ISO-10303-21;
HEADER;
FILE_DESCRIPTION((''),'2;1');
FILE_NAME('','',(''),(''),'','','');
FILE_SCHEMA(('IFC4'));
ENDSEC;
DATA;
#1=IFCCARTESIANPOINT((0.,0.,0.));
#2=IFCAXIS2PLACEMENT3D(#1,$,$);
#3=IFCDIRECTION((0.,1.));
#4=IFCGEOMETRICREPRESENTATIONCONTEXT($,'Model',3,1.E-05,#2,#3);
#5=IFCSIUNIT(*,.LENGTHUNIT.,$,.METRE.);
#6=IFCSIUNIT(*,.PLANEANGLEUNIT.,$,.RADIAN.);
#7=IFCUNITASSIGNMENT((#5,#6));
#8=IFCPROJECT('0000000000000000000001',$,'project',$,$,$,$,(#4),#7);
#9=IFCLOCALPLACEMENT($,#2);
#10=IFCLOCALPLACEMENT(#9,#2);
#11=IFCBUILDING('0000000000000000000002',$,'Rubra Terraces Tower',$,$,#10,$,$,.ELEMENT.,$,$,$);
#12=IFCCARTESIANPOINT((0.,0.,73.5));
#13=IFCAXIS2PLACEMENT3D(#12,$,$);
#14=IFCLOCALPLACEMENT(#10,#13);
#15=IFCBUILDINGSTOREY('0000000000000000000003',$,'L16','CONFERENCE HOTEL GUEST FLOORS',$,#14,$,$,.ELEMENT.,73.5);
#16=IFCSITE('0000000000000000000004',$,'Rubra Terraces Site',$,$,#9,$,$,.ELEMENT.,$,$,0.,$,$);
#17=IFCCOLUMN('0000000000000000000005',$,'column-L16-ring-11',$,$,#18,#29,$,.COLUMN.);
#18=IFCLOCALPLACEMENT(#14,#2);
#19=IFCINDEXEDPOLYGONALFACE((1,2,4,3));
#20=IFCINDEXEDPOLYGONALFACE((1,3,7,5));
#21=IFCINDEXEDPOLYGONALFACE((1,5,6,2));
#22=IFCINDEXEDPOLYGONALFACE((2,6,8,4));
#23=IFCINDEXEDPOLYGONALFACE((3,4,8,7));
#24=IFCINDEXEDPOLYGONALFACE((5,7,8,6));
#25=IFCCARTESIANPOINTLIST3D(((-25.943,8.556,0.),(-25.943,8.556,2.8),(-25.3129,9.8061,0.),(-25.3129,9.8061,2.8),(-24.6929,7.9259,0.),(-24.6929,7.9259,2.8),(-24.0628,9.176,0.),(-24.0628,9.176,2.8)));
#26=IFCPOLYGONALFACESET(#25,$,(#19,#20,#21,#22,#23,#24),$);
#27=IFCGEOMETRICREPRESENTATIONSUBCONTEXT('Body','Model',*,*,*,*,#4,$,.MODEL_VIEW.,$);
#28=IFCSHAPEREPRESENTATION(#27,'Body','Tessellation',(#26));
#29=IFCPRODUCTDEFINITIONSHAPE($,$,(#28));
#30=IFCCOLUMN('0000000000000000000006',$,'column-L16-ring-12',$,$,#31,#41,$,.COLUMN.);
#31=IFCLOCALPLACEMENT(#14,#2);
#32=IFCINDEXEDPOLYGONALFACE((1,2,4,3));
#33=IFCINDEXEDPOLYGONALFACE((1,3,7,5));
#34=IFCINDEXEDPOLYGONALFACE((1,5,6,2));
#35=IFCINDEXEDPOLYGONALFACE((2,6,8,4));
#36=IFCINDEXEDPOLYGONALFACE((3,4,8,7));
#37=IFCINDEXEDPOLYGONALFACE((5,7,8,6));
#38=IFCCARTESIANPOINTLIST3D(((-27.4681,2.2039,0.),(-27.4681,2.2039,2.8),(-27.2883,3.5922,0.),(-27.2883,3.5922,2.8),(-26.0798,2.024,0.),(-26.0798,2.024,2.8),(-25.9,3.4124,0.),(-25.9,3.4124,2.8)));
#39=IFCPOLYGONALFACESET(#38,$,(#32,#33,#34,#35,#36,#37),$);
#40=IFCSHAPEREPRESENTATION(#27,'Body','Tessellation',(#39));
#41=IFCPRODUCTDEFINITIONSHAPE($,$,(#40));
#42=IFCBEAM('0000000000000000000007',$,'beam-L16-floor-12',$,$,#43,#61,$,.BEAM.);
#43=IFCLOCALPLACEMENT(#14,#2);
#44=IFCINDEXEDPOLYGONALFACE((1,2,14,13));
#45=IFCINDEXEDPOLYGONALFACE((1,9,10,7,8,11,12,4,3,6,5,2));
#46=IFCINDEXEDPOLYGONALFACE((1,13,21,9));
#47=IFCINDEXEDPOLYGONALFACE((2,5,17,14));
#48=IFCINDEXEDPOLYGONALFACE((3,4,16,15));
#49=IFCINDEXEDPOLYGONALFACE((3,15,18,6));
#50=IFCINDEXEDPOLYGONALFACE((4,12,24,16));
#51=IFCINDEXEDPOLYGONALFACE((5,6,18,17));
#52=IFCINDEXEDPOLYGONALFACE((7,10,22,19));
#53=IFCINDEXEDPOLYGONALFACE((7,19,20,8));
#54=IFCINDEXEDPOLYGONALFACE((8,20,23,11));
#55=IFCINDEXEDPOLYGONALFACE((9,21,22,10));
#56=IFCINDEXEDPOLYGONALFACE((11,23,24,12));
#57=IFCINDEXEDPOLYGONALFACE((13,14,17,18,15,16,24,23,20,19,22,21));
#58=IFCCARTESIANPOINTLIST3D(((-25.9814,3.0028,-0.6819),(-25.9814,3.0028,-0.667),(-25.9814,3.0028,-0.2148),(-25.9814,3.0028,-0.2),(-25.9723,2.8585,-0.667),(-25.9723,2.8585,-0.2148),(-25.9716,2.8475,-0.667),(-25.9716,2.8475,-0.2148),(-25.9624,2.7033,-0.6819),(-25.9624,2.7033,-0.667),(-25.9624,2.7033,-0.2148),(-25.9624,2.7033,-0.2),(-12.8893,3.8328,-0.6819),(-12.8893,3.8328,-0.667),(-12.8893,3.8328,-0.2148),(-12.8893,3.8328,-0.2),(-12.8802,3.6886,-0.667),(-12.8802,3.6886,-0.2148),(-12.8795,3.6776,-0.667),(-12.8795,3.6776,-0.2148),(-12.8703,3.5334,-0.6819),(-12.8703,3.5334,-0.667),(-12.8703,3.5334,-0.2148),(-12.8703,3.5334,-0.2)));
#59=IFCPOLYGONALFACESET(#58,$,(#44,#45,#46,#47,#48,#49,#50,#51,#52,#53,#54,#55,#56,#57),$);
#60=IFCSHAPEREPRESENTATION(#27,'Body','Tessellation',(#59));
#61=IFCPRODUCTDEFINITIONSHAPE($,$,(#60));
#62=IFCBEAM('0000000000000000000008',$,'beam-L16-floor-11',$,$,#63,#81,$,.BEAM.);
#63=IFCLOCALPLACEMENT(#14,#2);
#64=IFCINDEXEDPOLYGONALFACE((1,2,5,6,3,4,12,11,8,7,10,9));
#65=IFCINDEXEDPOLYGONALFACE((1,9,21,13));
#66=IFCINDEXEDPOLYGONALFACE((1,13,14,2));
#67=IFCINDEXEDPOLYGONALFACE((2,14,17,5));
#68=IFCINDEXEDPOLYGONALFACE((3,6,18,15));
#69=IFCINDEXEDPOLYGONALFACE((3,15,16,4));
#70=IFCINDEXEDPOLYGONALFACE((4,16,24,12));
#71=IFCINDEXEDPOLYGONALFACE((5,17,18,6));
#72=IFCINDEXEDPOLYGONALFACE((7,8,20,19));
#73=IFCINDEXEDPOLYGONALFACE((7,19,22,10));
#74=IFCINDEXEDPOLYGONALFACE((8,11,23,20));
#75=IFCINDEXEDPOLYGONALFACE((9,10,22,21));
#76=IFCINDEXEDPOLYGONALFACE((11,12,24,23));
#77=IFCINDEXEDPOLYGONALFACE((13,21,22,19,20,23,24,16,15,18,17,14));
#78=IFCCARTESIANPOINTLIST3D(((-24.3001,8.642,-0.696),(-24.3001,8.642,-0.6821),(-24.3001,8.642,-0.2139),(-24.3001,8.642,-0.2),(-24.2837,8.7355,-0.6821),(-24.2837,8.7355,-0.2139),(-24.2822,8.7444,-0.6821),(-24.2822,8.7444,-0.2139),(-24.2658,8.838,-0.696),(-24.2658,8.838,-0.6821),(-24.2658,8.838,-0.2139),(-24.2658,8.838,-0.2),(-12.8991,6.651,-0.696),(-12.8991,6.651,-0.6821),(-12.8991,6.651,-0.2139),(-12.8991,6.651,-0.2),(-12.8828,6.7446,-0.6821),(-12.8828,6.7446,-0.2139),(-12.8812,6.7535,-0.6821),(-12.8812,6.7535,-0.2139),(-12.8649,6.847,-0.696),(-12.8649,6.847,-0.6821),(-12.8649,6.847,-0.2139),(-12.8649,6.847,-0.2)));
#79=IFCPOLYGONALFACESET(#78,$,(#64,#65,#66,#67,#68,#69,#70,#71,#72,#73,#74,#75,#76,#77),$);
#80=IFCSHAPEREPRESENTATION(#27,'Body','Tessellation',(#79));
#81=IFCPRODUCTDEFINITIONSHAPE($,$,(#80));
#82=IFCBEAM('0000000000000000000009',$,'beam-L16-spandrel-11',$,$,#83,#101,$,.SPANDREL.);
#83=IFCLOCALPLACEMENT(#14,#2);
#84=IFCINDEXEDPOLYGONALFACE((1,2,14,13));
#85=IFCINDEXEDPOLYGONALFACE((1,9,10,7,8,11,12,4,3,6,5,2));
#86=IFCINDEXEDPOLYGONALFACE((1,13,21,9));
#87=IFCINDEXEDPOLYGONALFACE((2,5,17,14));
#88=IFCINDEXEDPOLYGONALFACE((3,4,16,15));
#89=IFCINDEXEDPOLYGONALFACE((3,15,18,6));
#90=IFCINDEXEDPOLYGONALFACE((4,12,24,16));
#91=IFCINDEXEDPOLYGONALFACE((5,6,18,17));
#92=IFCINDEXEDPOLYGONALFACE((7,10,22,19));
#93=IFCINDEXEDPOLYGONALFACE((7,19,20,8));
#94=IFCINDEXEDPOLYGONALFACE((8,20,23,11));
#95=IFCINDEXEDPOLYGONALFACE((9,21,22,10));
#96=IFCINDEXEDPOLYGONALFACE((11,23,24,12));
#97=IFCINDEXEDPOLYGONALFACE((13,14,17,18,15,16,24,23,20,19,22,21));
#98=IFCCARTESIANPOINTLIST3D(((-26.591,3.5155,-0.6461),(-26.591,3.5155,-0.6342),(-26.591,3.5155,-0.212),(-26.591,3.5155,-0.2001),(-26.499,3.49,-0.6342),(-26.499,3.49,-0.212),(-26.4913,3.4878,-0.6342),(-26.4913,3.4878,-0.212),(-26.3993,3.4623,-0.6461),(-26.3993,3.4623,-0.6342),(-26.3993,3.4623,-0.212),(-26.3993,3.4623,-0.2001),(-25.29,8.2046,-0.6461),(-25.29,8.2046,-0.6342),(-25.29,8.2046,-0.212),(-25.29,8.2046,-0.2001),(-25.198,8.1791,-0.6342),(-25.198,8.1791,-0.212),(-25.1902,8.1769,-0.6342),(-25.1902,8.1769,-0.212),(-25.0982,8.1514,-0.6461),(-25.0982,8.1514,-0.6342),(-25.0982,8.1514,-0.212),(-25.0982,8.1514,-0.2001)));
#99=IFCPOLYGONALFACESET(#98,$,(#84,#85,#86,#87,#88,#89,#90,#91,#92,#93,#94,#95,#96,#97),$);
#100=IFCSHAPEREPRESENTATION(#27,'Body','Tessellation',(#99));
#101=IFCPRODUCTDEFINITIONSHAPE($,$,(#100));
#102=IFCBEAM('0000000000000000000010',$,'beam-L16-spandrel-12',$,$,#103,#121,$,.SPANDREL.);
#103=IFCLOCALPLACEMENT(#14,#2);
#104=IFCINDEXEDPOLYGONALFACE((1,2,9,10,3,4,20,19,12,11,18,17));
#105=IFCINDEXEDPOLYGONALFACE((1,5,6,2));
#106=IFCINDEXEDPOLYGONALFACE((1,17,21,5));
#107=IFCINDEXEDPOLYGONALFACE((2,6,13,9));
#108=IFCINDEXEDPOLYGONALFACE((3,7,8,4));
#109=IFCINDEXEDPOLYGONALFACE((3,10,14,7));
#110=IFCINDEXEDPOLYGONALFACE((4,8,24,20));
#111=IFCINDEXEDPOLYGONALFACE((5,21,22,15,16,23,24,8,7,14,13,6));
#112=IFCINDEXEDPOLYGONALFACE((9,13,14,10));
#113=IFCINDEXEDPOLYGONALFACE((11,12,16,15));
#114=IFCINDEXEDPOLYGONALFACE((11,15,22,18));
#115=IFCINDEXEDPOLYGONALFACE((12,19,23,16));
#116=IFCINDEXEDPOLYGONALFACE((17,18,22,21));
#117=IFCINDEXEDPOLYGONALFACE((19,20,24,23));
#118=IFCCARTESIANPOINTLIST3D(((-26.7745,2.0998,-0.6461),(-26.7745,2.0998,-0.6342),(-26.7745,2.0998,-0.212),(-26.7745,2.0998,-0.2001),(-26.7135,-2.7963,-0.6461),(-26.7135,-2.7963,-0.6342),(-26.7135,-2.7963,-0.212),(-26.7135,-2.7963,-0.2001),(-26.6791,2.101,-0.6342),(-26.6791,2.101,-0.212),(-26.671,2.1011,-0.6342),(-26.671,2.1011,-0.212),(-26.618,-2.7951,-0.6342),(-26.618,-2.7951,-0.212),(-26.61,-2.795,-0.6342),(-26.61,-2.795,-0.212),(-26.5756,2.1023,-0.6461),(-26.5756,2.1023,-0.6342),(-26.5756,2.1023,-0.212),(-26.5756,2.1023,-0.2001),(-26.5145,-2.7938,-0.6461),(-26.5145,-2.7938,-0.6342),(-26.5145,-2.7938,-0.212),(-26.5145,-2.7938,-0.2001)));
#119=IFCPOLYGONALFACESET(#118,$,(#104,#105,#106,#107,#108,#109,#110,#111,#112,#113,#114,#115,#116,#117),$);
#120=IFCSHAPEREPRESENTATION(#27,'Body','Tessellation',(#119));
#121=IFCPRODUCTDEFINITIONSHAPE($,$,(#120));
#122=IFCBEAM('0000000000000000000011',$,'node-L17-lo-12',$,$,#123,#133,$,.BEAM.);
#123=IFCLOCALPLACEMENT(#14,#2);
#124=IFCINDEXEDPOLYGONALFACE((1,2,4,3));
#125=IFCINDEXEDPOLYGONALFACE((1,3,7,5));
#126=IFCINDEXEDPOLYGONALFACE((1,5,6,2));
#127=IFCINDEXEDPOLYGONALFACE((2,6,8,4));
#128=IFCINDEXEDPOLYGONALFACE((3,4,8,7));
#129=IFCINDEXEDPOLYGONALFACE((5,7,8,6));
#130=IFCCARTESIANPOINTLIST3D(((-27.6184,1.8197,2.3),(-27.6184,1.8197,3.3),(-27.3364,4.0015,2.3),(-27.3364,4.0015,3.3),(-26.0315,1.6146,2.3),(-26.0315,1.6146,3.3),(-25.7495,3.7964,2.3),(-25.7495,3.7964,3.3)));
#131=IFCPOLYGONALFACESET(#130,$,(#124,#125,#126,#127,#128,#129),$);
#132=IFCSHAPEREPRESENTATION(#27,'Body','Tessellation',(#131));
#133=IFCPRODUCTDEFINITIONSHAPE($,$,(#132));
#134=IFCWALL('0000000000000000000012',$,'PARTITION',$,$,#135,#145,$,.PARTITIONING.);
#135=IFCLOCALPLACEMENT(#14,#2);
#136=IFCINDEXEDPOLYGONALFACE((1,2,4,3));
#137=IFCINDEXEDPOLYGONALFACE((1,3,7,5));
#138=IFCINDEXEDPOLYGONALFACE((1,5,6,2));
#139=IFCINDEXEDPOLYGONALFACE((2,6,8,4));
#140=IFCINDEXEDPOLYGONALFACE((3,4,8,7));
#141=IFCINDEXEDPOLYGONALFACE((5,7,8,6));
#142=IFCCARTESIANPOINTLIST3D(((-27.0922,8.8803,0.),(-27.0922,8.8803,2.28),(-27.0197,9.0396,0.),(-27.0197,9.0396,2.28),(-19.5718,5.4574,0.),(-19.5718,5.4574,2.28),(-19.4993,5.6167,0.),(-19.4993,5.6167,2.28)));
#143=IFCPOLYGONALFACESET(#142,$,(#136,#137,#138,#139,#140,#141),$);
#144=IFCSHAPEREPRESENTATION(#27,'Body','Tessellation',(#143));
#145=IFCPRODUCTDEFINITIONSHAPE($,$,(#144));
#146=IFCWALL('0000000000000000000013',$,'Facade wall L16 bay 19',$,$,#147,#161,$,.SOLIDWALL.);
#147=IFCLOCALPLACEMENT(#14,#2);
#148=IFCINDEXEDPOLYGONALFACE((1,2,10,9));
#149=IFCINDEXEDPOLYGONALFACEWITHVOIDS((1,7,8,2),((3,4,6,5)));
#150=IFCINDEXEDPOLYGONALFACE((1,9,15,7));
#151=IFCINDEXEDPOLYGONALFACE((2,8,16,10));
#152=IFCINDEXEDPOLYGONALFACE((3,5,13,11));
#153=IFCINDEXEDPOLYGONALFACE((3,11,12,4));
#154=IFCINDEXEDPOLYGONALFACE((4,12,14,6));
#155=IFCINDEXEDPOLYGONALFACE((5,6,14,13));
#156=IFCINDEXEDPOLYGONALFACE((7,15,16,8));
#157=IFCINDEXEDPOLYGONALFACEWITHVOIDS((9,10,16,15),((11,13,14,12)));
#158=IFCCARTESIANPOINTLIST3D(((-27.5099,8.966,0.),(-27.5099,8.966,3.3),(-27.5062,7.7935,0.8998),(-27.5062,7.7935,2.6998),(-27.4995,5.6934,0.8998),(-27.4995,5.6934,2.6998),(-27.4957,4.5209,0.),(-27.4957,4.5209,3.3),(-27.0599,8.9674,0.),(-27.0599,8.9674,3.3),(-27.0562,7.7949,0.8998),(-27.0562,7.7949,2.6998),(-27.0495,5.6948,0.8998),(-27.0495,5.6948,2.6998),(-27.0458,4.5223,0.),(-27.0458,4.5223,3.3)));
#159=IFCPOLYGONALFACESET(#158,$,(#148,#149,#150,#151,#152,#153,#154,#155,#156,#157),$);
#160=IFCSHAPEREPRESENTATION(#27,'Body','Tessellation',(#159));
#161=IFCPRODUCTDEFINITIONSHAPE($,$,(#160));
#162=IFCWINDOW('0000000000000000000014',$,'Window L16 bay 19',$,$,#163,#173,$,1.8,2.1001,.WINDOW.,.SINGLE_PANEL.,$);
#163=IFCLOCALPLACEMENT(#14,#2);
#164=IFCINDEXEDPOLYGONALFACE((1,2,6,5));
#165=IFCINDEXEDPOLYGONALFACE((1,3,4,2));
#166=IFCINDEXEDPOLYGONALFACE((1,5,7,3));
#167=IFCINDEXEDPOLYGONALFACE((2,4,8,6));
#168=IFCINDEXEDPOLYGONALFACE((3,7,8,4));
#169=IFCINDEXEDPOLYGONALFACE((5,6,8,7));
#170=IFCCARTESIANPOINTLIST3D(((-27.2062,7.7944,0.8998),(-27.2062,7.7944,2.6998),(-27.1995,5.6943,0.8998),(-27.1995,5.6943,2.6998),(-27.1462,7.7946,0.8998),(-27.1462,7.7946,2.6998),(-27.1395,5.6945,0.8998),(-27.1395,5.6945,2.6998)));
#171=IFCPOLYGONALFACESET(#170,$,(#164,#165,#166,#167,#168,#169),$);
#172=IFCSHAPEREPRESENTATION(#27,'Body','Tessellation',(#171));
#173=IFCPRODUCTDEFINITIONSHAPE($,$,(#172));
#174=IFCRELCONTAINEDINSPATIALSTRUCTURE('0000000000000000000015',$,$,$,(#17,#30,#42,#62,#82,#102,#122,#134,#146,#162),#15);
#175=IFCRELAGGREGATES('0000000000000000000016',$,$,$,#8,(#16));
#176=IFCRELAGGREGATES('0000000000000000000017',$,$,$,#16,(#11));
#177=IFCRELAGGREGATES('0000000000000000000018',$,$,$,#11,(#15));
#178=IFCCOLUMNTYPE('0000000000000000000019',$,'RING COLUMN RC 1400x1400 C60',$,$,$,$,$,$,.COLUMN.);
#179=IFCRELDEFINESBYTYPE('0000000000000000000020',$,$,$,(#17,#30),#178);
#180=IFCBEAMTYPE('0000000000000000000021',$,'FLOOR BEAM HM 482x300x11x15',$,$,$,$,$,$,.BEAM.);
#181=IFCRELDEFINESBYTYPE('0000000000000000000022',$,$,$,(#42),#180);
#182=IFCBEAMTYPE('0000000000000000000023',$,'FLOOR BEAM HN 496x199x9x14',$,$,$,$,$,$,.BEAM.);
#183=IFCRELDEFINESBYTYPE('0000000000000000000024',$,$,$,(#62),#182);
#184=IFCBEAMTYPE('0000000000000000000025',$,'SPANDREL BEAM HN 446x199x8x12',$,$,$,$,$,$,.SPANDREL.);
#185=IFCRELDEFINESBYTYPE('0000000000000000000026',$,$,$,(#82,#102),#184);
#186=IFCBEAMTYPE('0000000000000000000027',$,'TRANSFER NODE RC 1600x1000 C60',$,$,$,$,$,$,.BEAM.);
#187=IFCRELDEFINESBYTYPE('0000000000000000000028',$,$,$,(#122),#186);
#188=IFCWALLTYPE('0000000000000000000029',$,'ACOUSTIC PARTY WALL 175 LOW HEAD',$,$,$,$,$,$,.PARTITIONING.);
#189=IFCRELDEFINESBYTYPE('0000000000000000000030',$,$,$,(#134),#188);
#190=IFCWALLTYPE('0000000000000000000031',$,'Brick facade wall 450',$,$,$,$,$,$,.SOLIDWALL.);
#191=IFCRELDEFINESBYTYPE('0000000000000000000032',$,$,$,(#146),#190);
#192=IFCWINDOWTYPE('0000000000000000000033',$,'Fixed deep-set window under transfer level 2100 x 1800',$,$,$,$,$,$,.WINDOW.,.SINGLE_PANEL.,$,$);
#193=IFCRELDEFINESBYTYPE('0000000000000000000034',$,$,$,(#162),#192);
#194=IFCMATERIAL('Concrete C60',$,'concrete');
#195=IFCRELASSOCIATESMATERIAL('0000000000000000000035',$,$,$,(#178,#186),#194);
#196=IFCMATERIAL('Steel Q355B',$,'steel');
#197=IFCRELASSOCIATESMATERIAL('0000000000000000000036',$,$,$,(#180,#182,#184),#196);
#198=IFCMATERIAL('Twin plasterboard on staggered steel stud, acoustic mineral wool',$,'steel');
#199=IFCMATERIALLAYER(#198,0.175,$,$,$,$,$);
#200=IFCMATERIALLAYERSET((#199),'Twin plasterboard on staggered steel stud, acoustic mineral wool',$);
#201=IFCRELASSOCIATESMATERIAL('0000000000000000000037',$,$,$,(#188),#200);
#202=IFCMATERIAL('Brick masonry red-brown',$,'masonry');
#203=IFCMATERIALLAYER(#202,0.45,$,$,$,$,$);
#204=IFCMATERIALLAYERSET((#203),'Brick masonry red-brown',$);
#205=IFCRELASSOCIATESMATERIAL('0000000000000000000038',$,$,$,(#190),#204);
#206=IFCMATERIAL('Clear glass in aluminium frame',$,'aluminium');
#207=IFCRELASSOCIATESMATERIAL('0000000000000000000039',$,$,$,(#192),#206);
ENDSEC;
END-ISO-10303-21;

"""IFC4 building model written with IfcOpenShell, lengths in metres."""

from ifc_helpers import new_model, si_unit, direction, frame, frame_2d, origin, origin_2d, place, context, subcontext, project, spatial, rectangle, i_section, extrude, material, layer, layer_set, material_profile, profile_set, type_object, element, fill, save


model = new_model("IFC4")

# Units and contexts
model_context = context("Model", 3, precision=1e-05, world=origin(), true_north=direction((0.0, 1.0)))
body_context = subcontext(model_context, "Body", "Model", "MODEL_VIEW")
ifc_project = project(units=[si_unit("LENGTHUNIT", "METRE"), si_unit("PLANEANGLEUNIT", "RADIAN")], contexts=[model_context])

# Site, building, storey
site_placement = place(None, origin())
site = spatial("IfcSite", under=ifc_project, at=site_placement, Name="Rubra Terraces Site", CompositionType="ELEMENT", RefElevation=0.0)
building_placement = place(site_placement, origin())
building = spatial("IfcBuilding", under=site, at=building_placement, Name="Rubra Terraces Tower", CompositionType="ELEMENT")
storey_placement = place(building_placement, frame((0.0, 0.0, 73.5)))
storey = spatial("IfcBuildingStorey", under=building, at=storey_placement, Name="L16", Description="CONFERENCE HOTEL GUEST FLOORS", CompositionType="ELEMENT", Elevation=73.5)

# Columns
ifc_material_1 = material(Name="Concrete C60", Category="concrete")
ifc_material_profile_1 = material_profile(ifc_material_1, rectangle(XDim=1.3999, YDim=1.3999, at=origin_2d()), Name="RC 1400x1400")
ifc_profile_set_1 = profile_set([ifc_material_profile_1], Name="Concrete C60")
column_type = type_object("IfcColumnType", Name="RING COLUMN RC 1400x1400 C60", PredefinedType="COLUMN", material=ifc_profile_set_1)
for number, where, z_axis, x_axis, name in (
    (1, (-25.0029, 8.866, 0.0), (0.0, 0.0, 1.0), (-0.450099, -0.892979, 0.0), "column-L16-ring-11"),
    (2, (-26.6841, 2.8081, 0.0), (0.0, 0.0, 1.0), (-0.128445, -0.991717, 0.0), "column-L16-ring-12"),
):
    element("IfcColumn", number, at=place(storey_placement, frame(where, z_axis=z_axis, x_axis=x_axis)), inside=storey, type_object=column_type, Name=name, PredefinedType="COLUMN", context=body_context, shape_type="SweptSolid", body=[
        extrude(rectangle(XDim=1.3999, YDim=1.3999, at=origin_2d()), origin(), (0.0, 0.0, 1.0), 2.8),
    ])

# Beams
ifc_material_2 = material(Name="Steel Q355B", Category="steel")
ifc_material_profile_2 = material_profile(ifc_material_2, i_section(OverallWidth=0.3, OverallDepth=0.4819, WebThickness=0.011, FlangeThickness=0.0149, at=origin_2d()), Name="HM 482x300x11x15")
ifc_profile_set_2 = profile_set([ifc_material_profile_2], Name="Steel Q355B")
beam_type_1 = type_object("IfcBeamType", Name="FLOOR BEAM HM 482x300x11x15", PredefinedType="BEAM", material=ifc_profile_set_2)
beam_1_placement = place(storey_placement, frame((-25.9719, 2.853, -0.4409), z_axis=(0.997996, 0.063276, 0.0), x_axis=(-0.063276, 0.997996, 0.0)))
element("IfcBeam", 3, at=beam_1_placement, inside=storey, type_object=beam_type_1, Name="beam-L16-floor-12", PredefinedType="BEAM", context=body_context, shape_type="SweptSolid", body=[
    extrude(i_section(OverallWidth=0.3, OverallDepth=0.4819, WebThickness=0.011, FlangeThickness=0.0149, at=origin_2d()), origin(), (0.0, 0.0, 1.0), 13.1184),
])
ifc_material_profile_3 = material_profile(ifc_material_2, i_section(OverallWidth=0.199, OverallDepth=0.4961, WebThickness=0.009, FlangeThickness=0.0139, at=origin_2d()), Name="HN 496x199x9x14")
ifc_profile_set_3 = profile_set([ifc_material_profile_3], Name="Steel Q355B")
beam_type_2 = type_object("IfcBeamType", Name="FLOOR BEAM HN 496x199x9x14", PredefinedType="BEAM", material=ifc_profile_set_3)
beam_2_placement = place(storey_placement, frame((-24.283, 8.74, -0.448), z_axis=(0.985092, -0.172029, 0.0), x_axis=(0.172029, 0.985092, 0.0)))
element("IfcBeam", 4, at=beam_2_placement, inside=storey, type_object=beam_type_2, Name="beam-L16-floor-11", PredefinedType="BEAM", context=body_context, shape_type="SweptSolid", body=[
    extrude(i_section(OverallWidth=0.199, OverallDepth=0.4961, WebThickness=0.009, FlangeThickness=0.0139, at=origin_2d()), origin(), (0.0, 0.0, 1.0), 11.5735),
])
ifc_material_profile_4 = material_profile(ifc_material_2, i_section(OverallWidth=0.199, OverallDepth=0.446, WebThickness=0.0081, FlangeThickness=0.012, at=origin_2d()), Name="HN 446x199x8x12")
ifc_profile_set_4 = profile_set([ifc_material_profile_4], Name="Steel Q355B")
beam_type_3 = type_object("IfcBeamType", Name="SPANDREL BEAM HN 446x199x8x12", PredefinedType="SPANDREL", material=ifc_profile_set_4)
beam_3_placement = place(storey_placement, frame((-25.1941, 8.178, -0.4231), z_axis=(-0.267364, -0.963595, 0.0), x_axis=(0.963595, -0.267364, 0.0)))
element("IfcBeam", 5, at=beam_3_placement, inside=storey, type_object=beam_type_3, Name="beam-L16-spandrel-11", PredefinedType="SPANDREL", context=body_context, shape_type="SweptSolid", body=[
    extrude(i_section(OverallWidth=0.199, OverallDepth=0.446, WebThickness=0.0081, FlangeThickness=0.012, at=origin_2d()), origin(), (0.0, 0.0, 1.0), 4.8662),
])
beam_4_placement = place(storey_placement, frame((-26.675, 2.1011, -0.4231), z_axis=(0.012465, -0.999922, 0.0), x_axis=(0.999922, 0.012465, 0.0)))
element("IfcBeam", 6, at=beam_4_placement, inside=storey, type_object=beam_type_3, Name="beam-L16-spandrel-12", PredefinedType="SPANDREL", context=body_context, shape_type="SweptSolid", body=[
    extrude(i_section(OverallWidth=0.199, OverallDepth=0.446, WebThickness=0.0081, FlangeThickness=0.012, at=origin_2d()), origin(), (0.0, 0.0, 1.0), 4.8965),
])
ifc_material_profile_5 = material_profile(ifc_material_1, rectangle(XDim=1.6001, YDim=1.0, at=origin_2d()), Name="RC 1600x1000")
ifc_profile_set_5 = profile_set([ifc_material_profile_5], Name="Concrete C60")
beam_type_4 = type_object("IfcBeamType", Name="TRANSFER NODE RC 1600x1000 C60", PredefinedType="BEAM", material=ifc_profile_set_5)
beam_5_placement = place(storey_placement, frame((-26.543, 3.8989, 2.8), z_axis=(-0.128172, -0.991752, 0.0), x_axis=(0.991752, -0.128172, 0.0)))
element("IfcBeam", 7, at=beam_5_placement, inside=storey, type_object=beam_type_4, Name="node-L17-lo-12", PredefinedType="BEAM", context=body_context, shape_type="SweptSolid", body=[
    extrude(rectangle(XDim=1.6001, YDim=1.0, at=origin_2d()), origin(), (0.0, 0.0, 1.0), 2.2),
])

# Wall
ifc_material_3 = material(Name="Twin plasterboard on staggered steel stud, acoustic mineral wool", Category="steel")
ifc_layer_1 = layer(ifc_material_3, 0.175)
ifc_layer_set_1 = layer_set([ifc_layer_1], Name="Twin plasterboard on staggered steel stud, acoustic mineral wool")
wall_type_1 = type_object("IfcWallType", Name="ACOUSTIC PARTY WALL 175 LOW HEAD", PredefinedType="PARTITIONING", material=ifc_layer_set_1)
wall_1_placement = place(storey_placement, frame((-27.0559, 8.96, 0.0), z_axis=(0.0, 0.0, 1.0), x_axis=(0.910159, -0.414259, 0.0)))
element("IfcWall", 8, at=wall_1_placement, inside=storey, type_object=wall_type_1, Name="PARTITION", PredefinedType="PARTITIONING", context=body_context, shape_type="SweptSolid", body=[
    extrude(rectangle(XDim=8.2627, YDim=0.175, at=frame_2d((4.1313, 0.0))), origin(), (0.0, 0.0, 1.0), 2.28),
])

# Wall, opening, window
ifc_material_4 = material(Name="Brick masonry red-brown", Category="masonry")
ifc_layer_2 = layer(ifc_material_4, 0.45)
ifc_layer_set_2 = layer_set([ifc_layer_2], Name="Brick masonry red-brown")
wall_type_2 = type_object("IfcWallType", Name="Brick facade wall 450", PredefinedType="SOLIDWALL", material=ifc_layer_set_2)
wall_2_placement = place(storey_placement, frame((-27.2849, 8.9668, 0.0), z_axis=(0.0, 0.0, 1.0), x_axis=(0.003186, -0.999995, 0.0)))
wall_2 = element("IfcWall", 9, at=wall_2_placement, inside=storey, type_object=wall_type_2, Name="Facade wall L16 bay 19", PredefinedType="SOLIDWALL", context=body_context, shape_type="SweptSolid", body=[
    extrude(rectangle(XDim=4.4451, YDim=0.45, at=frame_2d((2.2227, 0.0))), origin(), (0.0, 0.0, 1.0), 3.3),
])
opening_1_placement = place(wall_2_placement, frame((1.1726, 0.0, 0.8999)))
opening_1 = element("IfcOpeningElement", 10, at=opening_1_placement, cuts=wall_2, PredefinedType="OPENING", context=body_context, shape_type="SweptSolid", body=[
    extrude(rectangle(XDim=2.1001, YDim=1.8, at=frame_2d((1.05, 0.8999))), frame((0.0, 0.2349, 0.0), z_axis=(0.0, -1.0, 0.0), x_axis=(1.0, 0.0, 0.0)), (0.0, 0.0, 1.0), 0.47),
])
ifc_material_5 = material(Name="Clear glass in aluminium frame", Category="aluminium")
window_type = type_object("IfcWindowType", Name="Fixed deep-set window under transfer level 2100 x 1800", PartitioningType="SINGLE_PANEL", PredefinedType="WINDOW", material=ifc_material_5)
window_1_placement = place(opening_1_placement, origin())
window_1 = element("IfcWindow", 11, at=window_1_placement, inside=storey, type_object=window_type, Name="Window L16 bay 19", OverallHeight=1.8, OverallWidth=2.1001, PartitioningType="SINGLE_PANEL", PredefinedType="WINDOW", context=body_context, shape_type="SweptSolid", body=[
    extrude(rectangle(XDim=2.1001, YDim=1.8, at=frame_2d((1.05, 0.8999))), frame((0.0, 0.135, 0.0), z_axis=(0.0, -1.0, 0.0), x_axis=(1.0, 0.0, 0.0)), (0.0, 0.0, 1.0), 0.0601),
])
fill(opening_1, window_1)

save(model, "model.ifc")
